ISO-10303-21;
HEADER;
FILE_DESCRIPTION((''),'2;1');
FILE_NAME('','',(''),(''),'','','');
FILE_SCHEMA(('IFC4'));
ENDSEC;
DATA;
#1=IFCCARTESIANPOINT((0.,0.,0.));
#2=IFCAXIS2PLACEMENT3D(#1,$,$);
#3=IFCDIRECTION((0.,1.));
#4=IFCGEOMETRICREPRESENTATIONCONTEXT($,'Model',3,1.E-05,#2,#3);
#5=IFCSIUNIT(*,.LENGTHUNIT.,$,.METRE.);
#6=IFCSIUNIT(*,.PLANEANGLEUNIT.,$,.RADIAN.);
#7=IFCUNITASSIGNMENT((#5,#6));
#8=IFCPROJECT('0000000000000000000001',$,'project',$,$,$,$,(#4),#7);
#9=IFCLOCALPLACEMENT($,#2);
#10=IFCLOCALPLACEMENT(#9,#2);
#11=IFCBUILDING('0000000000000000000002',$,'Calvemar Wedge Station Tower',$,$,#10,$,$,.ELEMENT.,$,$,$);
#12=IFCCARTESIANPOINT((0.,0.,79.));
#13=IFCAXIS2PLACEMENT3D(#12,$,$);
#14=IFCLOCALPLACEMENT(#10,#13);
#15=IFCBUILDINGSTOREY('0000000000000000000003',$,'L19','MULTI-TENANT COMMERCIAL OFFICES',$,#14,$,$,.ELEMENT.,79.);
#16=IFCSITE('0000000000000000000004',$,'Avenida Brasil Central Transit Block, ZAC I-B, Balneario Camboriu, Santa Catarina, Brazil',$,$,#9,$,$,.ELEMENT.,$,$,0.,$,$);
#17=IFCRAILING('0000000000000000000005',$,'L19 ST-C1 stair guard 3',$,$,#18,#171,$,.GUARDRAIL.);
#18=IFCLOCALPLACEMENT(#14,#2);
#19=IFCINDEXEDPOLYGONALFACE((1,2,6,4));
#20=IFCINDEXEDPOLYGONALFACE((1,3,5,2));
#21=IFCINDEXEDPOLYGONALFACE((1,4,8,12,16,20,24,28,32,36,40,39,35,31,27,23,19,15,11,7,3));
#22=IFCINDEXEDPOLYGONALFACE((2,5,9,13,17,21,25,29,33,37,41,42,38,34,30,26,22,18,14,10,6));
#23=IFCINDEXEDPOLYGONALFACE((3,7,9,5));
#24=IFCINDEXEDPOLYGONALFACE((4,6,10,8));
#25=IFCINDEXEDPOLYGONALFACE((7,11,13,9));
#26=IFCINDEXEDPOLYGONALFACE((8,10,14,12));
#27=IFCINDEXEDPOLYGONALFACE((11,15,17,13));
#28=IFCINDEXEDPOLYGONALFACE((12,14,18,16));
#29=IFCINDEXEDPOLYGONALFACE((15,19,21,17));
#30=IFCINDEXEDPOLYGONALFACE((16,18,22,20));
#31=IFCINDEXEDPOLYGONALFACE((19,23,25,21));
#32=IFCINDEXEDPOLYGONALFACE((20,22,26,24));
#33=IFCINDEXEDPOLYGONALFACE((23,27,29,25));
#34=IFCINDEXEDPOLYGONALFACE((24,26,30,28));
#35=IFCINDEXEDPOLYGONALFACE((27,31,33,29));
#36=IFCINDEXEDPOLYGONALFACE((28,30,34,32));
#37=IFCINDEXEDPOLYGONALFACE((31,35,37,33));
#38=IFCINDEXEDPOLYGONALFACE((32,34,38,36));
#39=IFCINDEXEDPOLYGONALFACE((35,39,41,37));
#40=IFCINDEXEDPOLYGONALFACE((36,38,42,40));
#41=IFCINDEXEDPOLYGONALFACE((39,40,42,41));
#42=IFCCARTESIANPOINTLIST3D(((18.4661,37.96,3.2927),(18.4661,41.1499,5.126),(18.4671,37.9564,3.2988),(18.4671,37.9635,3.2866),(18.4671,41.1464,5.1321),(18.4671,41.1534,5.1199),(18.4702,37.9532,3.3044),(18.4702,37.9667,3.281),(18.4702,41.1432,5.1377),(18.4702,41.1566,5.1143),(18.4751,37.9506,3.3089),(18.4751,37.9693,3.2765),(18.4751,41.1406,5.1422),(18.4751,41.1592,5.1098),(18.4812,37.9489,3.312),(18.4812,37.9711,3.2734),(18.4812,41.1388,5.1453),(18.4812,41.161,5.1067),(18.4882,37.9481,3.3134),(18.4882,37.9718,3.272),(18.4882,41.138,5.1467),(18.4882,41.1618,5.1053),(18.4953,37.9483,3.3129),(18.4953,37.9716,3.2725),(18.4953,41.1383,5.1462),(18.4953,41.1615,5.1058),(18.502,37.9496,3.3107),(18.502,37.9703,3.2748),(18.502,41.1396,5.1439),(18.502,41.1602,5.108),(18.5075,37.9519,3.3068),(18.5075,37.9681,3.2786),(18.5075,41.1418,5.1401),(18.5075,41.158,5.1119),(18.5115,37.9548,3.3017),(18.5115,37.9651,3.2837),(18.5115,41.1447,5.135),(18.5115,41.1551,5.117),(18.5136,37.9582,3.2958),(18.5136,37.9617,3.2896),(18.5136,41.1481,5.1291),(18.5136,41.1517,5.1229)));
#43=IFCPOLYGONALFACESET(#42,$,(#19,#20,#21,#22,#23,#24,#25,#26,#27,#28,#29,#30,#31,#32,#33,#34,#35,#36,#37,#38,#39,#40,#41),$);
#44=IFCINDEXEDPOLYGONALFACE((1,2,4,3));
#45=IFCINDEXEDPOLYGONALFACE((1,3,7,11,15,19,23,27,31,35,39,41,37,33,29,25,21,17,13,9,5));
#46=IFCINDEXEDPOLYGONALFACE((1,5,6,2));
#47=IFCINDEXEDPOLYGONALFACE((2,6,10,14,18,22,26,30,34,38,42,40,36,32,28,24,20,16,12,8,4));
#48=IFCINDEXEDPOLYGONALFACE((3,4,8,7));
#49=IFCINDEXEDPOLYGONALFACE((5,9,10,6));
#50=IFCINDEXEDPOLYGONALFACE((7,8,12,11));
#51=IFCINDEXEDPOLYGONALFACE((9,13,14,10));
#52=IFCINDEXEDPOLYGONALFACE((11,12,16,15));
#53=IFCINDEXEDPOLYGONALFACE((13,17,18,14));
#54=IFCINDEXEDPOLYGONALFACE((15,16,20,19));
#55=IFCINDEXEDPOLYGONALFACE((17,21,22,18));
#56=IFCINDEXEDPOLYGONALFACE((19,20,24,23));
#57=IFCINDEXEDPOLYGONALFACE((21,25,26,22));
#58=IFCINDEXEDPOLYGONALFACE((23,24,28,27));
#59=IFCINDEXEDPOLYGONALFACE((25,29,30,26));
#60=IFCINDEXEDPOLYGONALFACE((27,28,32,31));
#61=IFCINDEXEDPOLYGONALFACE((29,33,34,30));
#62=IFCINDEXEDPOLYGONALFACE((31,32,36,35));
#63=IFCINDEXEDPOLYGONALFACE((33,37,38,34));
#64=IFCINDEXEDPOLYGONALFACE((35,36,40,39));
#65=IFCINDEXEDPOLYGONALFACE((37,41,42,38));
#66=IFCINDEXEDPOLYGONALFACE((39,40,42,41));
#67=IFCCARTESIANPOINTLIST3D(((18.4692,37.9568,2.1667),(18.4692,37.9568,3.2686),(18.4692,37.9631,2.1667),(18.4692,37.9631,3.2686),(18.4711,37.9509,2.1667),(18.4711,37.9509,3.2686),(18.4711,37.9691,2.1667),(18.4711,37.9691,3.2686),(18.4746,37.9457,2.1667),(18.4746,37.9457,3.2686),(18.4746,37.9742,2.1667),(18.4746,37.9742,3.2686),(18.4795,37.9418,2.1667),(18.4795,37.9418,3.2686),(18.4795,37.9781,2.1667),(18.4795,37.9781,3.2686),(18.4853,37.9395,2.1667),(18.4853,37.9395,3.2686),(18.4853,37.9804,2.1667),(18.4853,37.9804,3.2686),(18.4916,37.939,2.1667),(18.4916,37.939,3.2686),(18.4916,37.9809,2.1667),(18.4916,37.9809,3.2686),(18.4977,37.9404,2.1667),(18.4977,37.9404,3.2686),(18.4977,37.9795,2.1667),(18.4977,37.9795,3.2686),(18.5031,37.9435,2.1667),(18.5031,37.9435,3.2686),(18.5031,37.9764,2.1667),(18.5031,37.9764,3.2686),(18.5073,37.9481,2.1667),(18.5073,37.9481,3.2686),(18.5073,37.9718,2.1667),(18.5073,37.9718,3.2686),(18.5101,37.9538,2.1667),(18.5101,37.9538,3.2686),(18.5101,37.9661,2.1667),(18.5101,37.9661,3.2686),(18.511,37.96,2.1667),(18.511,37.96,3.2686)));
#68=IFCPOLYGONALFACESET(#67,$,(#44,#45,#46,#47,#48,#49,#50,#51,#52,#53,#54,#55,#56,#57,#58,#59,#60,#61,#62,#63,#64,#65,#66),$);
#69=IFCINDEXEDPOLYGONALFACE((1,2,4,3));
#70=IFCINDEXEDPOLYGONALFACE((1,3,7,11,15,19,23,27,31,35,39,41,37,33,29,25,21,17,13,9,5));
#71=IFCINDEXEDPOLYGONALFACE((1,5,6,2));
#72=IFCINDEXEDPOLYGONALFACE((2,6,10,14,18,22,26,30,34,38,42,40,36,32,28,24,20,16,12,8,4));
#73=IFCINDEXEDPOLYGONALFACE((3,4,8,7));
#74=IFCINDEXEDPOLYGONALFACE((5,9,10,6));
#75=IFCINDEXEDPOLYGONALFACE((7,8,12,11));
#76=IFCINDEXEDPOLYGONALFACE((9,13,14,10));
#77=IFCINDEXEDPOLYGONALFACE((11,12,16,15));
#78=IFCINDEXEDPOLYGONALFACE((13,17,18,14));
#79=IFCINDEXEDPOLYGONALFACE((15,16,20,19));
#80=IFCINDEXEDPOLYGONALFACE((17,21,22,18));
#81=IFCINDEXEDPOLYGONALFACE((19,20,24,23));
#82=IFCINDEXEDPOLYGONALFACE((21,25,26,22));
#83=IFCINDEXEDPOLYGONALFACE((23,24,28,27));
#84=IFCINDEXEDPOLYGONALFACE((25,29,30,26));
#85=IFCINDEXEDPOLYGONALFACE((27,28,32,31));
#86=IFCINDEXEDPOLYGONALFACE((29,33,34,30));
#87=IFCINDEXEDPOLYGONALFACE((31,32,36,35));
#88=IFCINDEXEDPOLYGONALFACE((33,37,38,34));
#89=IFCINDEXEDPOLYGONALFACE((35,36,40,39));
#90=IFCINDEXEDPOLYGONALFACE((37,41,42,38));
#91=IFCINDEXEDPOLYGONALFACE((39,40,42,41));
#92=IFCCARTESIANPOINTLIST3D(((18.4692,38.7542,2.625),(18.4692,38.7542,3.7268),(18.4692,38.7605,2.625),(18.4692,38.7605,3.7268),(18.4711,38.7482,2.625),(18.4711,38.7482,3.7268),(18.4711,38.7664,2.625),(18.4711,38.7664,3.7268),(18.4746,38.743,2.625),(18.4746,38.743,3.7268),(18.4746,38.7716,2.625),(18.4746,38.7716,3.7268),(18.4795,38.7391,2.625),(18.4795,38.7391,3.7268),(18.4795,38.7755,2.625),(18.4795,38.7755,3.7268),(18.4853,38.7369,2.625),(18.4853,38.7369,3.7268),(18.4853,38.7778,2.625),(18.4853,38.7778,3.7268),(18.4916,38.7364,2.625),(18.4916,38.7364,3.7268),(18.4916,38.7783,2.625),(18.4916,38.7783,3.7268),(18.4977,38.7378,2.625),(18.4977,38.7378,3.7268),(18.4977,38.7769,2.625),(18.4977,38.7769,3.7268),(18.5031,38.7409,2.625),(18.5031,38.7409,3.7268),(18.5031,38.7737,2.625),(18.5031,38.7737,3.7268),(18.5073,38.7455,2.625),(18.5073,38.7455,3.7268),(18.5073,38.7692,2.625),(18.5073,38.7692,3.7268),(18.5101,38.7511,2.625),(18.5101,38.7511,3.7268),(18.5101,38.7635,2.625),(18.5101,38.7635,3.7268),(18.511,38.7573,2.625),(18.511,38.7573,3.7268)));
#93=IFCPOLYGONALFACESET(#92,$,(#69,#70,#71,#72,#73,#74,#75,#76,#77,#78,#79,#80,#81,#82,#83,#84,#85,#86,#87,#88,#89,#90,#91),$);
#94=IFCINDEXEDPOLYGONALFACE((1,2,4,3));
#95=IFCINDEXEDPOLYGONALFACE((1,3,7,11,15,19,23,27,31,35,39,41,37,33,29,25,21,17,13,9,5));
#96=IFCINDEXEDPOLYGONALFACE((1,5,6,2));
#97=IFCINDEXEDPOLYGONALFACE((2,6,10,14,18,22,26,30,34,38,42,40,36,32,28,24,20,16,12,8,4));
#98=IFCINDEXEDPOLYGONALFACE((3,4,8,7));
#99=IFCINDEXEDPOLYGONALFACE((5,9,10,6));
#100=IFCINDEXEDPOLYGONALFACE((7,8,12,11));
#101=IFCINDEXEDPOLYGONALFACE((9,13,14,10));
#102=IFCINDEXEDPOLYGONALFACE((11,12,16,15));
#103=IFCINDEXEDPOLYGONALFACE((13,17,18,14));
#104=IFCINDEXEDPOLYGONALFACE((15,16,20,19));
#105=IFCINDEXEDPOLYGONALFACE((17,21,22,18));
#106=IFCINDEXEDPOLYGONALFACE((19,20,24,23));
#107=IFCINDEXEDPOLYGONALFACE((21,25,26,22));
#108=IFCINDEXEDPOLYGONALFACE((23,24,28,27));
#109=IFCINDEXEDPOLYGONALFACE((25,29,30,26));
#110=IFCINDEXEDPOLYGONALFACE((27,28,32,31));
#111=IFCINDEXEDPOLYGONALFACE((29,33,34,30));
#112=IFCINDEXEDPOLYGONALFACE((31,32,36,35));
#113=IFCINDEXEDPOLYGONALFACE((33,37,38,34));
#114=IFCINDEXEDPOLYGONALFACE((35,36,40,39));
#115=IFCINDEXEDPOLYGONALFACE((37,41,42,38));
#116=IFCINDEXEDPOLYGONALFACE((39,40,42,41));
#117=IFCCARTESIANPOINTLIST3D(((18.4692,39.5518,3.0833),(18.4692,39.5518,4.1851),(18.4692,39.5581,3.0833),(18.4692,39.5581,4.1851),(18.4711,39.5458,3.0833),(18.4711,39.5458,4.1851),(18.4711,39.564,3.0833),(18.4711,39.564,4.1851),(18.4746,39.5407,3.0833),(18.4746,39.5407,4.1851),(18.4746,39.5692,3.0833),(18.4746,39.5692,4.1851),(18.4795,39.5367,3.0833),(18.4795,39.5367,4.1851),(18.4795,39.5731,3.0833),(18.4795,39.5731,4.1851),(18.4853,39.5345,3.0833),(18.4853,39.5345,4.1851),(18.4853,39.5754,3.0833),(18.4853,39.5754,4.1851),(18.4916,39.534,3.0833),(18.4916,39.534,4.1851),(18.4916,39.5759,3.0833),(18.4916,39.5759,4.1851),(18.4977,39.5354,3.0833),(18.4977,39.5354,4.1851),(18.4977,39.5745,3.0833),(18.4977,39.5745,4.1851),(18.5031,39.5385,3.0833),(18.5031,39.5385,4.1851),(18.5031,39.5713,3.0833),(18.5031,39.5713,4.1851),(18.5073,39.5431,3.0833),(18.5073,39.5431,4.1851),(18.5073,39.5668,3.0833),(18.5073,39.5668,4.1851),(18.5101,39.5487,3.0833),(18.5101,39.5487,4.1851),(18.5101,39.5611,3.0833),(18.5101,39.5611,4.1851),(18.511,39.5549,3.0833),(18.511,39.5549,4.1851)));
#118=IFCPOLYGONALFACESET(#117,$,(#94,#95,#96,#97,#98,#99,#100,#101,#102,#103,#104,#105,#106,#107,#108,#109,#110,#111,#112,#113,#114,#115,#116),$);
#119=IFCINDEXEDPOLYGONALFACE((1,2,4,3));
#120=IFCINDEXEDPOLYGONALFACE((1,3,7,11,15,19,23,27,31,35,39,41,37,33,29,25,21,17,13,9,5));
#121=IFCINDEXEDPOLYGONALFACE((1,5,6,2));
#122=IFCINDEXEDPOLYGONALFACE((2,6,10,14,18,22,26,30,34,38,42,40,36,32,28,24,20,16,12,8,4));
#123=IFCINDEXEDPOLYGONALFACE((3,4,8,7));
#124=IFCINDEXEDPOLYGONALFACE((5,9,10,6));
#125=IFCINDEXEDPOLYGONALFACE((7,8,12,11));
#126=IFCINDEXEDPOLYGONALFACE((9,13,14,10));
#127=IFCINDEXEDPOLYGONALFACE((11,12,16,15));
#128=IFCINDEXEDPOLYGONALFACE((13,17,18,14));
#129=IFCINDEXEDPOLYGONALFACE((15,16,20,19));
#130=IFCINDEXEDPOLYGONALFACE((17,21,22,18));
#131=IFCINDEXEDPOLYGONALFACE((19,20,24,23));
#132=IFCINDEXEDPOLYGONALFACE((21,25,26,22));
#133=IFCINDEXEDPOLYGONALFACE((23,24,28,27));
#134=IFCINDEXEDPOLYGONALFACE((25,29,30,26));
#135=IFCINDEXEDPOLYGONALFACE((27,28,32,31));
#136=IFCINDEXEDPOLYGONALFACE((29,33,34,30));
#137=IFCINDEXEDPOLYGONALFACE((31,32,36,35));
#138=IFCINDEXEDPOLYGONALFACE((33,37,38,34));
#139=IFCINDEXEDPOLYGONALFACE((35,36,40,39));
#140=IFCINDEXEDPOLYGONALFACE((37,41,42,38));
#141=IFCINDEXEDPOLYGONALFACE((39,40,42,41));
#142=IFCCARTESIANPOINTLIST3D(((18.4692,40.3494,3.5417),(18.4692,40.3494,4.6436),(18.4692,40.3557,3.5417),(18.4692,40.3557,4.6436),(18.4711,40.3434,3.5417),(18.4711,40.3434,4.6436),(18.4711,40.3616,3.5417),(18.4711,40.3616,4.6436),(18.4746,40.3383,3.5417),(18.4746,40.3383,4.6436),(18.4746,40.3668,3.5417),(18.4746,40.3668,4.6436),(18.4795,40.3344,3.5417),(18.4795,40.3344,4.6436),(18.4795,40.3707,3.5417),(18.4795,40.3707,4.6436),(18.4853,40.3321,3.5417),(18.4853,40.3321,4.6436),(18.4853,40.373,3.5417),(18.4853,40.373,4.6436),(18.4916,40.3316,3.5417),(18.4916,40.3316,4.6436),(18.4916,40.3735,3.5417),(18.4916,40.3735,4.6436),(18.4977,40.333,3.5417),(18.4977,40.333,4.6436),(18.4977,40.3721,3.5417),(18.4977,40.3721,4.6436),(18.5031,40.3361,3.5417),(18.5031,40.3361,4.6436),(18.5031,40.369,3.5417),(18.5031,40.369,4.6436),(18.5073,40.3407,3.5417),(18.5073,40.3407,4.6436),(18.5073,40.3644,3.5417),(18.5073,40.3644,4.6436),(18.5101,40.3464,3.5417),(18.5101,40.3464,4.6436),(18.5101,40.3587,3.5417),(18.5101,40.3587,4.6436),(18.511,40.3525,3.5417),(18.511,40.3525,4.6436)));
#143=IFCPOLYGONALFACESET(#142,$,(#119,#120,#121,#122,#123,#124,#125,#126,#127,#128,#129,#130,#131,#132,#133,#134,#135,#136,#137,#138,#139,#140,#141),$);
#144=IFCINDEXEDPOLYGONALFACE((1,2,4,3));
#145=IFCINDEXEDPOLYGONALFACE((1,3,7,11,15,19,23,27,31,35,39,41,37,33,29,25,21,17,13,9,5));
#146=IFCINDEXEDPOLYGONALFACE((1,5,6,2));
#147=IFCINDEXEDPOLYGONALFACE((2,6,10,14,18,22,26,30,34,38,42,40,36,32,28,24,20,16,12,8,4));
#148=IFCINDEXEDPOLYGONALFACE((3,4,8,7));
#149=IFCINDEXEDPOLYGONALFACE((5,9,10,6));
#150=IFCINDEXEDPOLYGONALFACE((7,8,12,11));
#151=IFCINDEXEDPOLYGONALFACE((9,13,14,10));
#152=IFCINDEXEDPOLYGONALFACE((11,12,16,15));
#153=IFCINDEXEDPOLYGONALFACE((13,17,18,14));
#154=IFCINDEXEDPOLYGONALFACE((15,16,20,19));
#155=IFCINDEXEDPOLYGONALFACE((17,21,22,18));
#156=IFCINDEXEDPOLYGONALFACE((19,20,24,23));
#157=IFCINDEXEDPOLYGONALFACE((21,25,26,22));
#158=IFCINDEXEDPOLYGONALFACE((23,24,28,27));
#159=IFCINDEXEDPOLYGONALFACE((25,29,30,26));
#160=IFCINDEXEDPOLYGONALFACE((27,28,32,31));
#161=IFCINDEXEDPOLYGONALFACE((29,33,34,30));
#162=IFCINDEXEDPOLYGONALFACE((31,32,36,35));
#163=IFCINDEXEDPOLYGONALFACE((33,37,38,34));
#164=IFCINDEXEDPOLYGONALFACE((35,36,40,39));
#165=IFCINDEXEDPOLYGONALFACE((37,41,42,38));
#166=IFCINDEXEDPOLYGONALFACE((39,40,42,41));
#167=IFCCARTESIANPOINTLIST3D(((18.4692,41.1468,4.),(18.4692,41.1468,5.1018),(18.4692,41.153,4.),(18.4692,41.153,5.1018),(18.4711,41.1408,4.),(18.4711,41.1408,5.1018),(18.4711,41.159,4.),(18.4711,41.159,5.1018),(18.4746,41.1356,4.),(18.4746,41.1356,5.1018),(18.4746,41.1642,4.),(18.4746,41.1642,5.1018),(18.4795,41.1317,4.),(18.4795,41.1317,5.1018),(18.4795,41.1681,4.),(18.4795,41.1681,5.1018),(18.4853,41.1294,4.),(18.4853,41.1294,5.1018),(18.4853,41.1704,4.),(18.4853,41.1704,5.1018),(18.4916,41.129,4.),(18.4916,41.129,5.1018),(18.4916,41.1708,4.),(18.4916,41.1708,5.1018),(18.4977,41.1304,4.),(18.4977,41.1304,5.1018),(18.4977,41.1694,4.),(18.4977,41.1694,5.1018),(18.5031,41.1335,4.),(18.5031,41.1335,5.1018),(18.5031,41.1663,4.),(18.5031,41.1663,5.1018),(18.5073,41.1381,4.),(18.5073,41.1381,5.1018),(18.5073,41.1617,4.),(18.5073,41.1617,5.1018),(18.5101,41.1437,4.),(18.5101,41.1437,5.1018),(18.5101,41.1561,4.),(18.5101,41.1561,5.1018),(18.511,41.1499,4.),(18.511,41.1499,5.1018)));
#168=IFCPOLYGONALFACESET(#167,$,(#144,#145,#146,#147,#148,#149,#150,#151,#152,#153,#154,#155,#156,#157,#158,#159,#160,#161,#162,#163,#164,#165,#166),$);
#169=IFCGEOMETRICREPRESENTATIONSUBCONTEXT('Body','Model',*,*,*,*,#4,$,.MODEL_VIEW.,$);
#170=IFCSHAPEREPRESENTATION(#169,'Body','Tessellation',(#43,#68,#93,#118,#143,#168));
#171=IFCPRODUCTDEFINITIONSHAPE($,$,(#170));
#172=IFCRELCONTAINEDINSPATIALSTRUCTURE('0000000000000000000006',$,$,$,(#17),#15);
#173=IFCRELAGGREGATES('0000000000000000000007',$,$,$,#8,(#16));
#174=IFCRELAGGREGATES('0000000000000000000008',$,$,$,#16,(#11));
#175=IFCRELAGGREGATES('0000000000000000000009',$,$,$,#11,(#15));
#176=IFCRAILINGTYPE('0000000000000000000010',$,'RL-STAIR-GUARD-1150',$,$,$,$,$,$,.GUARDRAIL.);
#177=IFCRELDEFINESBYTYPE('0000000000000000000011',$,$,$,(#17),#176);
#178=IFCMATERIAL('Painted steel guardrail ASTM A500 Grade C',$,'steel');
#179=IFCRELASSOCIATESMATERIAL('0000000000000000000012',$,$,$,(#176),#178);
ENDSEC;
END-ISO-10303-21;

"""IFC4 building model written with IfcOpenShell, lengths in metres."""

from ifc_helpers import new_model, si_unit, direction, frame, origin, origin_2d, place, context, subcontext, project, spatial, circle, extrude, material, type_object, element, save


model = new_model("IFC4")

# Units and contexts
model_context = context("Model", 3, precision=1e-05, world=origin(), true_north=direction((0.0, 1.0)))
body_context = subcontext(model_context, "Body", "Model", "MODEL_VIEW")
ifc_project = project(units=[si_unit("LENGTHUNIT", "METRE"), si_unit("PLANEANGLEUNIT", "RADIAN")], contexts=[model_context])

# Site, building, storey
site_placement = place(None, origin())
site = spatial("IfcSite", under=ifc_project, at=site_placement, Name="Avenida Brasil Central Transit Block, ZAC I-B, Balneario Camboriu, Santa Catarina, Brazil", CompositionType="ELEMENT", RefElevation=0.0)
building_placement = place(site_placement, origin())
building = spatial("IfcBuilding", under=site, at=building_placement, Name="Calvemar Wedge Station Tower", CompositionType="ELEMENT")
storey_placement = place(building_placement, frame((0.0, 0.0, 79.0)))
storey = spatial("IfcBuildingStorey", under=building, at=storey_placement, Name="L19", Description="MULTI-TENANT COMMERCIAL OFFICES", CompositionType="ELEMENT", Elevation=79.0)

# Railing
ifc_material_1 = material(Name="Painted steel guardrail ASTM A500 Grade C", Category="steel")
railing_type_1 = type_object("IfcRailingType", Name="RL-STAIR-GUARD-1150", PredefinedType="GUARDRAIL", material=ifc_material_1)
railing_1_placement = place(storey_placement, frame((18.49, 37.96, 2.1667)))
element("IfcRailing", 1, at=railing_1_placement, inside=storey, type_object=railing_type_1, Name="L19 ST-C1 stair guard 3", PredefinedType="GUARDRAIL", context=body_context, shape_type="SweptSolid", body=[
    extrude(circle(Radius=0.0239, at=origin_2d()), frame((0.0, 0.0, 1.126), z_axis=(0.0, 0.86702, 0.498274), x_axis=(-1.0, 0.0, 0.0)), (0.0, 0.0, 1.0), 3.6792),
    extrude(circle(Radius=0.021, at=origin_2d()), origin(), (0.0, 0.0, 1.0), 1.1018),
    extrude(circle(Radius=0.021, at=origin_2d()), frame((0.0, 0.7974, 0.4583)), (0.0, 0.0, 1.0), 1.1018),
    extrude(circle(Radius=0.021, at=origin_2d()), frame((0.0, 1.595, 0.9165)), (0.0, 0.0, 1.0), 1.1018),
    extrude(circle(Radius=0.021, at=origin_2d()), frame((0.0, 2.3926, 1.375)), (0.0, 0.0, 1.0), 1.1018),
    extrude(circle(Radius=0.021, at=origin_2d()), frame((0.0, 3.1899, 1.8333)), (0.0, 0.0, 1.0), 1.1018),
])

save(model, "model.ifc")
